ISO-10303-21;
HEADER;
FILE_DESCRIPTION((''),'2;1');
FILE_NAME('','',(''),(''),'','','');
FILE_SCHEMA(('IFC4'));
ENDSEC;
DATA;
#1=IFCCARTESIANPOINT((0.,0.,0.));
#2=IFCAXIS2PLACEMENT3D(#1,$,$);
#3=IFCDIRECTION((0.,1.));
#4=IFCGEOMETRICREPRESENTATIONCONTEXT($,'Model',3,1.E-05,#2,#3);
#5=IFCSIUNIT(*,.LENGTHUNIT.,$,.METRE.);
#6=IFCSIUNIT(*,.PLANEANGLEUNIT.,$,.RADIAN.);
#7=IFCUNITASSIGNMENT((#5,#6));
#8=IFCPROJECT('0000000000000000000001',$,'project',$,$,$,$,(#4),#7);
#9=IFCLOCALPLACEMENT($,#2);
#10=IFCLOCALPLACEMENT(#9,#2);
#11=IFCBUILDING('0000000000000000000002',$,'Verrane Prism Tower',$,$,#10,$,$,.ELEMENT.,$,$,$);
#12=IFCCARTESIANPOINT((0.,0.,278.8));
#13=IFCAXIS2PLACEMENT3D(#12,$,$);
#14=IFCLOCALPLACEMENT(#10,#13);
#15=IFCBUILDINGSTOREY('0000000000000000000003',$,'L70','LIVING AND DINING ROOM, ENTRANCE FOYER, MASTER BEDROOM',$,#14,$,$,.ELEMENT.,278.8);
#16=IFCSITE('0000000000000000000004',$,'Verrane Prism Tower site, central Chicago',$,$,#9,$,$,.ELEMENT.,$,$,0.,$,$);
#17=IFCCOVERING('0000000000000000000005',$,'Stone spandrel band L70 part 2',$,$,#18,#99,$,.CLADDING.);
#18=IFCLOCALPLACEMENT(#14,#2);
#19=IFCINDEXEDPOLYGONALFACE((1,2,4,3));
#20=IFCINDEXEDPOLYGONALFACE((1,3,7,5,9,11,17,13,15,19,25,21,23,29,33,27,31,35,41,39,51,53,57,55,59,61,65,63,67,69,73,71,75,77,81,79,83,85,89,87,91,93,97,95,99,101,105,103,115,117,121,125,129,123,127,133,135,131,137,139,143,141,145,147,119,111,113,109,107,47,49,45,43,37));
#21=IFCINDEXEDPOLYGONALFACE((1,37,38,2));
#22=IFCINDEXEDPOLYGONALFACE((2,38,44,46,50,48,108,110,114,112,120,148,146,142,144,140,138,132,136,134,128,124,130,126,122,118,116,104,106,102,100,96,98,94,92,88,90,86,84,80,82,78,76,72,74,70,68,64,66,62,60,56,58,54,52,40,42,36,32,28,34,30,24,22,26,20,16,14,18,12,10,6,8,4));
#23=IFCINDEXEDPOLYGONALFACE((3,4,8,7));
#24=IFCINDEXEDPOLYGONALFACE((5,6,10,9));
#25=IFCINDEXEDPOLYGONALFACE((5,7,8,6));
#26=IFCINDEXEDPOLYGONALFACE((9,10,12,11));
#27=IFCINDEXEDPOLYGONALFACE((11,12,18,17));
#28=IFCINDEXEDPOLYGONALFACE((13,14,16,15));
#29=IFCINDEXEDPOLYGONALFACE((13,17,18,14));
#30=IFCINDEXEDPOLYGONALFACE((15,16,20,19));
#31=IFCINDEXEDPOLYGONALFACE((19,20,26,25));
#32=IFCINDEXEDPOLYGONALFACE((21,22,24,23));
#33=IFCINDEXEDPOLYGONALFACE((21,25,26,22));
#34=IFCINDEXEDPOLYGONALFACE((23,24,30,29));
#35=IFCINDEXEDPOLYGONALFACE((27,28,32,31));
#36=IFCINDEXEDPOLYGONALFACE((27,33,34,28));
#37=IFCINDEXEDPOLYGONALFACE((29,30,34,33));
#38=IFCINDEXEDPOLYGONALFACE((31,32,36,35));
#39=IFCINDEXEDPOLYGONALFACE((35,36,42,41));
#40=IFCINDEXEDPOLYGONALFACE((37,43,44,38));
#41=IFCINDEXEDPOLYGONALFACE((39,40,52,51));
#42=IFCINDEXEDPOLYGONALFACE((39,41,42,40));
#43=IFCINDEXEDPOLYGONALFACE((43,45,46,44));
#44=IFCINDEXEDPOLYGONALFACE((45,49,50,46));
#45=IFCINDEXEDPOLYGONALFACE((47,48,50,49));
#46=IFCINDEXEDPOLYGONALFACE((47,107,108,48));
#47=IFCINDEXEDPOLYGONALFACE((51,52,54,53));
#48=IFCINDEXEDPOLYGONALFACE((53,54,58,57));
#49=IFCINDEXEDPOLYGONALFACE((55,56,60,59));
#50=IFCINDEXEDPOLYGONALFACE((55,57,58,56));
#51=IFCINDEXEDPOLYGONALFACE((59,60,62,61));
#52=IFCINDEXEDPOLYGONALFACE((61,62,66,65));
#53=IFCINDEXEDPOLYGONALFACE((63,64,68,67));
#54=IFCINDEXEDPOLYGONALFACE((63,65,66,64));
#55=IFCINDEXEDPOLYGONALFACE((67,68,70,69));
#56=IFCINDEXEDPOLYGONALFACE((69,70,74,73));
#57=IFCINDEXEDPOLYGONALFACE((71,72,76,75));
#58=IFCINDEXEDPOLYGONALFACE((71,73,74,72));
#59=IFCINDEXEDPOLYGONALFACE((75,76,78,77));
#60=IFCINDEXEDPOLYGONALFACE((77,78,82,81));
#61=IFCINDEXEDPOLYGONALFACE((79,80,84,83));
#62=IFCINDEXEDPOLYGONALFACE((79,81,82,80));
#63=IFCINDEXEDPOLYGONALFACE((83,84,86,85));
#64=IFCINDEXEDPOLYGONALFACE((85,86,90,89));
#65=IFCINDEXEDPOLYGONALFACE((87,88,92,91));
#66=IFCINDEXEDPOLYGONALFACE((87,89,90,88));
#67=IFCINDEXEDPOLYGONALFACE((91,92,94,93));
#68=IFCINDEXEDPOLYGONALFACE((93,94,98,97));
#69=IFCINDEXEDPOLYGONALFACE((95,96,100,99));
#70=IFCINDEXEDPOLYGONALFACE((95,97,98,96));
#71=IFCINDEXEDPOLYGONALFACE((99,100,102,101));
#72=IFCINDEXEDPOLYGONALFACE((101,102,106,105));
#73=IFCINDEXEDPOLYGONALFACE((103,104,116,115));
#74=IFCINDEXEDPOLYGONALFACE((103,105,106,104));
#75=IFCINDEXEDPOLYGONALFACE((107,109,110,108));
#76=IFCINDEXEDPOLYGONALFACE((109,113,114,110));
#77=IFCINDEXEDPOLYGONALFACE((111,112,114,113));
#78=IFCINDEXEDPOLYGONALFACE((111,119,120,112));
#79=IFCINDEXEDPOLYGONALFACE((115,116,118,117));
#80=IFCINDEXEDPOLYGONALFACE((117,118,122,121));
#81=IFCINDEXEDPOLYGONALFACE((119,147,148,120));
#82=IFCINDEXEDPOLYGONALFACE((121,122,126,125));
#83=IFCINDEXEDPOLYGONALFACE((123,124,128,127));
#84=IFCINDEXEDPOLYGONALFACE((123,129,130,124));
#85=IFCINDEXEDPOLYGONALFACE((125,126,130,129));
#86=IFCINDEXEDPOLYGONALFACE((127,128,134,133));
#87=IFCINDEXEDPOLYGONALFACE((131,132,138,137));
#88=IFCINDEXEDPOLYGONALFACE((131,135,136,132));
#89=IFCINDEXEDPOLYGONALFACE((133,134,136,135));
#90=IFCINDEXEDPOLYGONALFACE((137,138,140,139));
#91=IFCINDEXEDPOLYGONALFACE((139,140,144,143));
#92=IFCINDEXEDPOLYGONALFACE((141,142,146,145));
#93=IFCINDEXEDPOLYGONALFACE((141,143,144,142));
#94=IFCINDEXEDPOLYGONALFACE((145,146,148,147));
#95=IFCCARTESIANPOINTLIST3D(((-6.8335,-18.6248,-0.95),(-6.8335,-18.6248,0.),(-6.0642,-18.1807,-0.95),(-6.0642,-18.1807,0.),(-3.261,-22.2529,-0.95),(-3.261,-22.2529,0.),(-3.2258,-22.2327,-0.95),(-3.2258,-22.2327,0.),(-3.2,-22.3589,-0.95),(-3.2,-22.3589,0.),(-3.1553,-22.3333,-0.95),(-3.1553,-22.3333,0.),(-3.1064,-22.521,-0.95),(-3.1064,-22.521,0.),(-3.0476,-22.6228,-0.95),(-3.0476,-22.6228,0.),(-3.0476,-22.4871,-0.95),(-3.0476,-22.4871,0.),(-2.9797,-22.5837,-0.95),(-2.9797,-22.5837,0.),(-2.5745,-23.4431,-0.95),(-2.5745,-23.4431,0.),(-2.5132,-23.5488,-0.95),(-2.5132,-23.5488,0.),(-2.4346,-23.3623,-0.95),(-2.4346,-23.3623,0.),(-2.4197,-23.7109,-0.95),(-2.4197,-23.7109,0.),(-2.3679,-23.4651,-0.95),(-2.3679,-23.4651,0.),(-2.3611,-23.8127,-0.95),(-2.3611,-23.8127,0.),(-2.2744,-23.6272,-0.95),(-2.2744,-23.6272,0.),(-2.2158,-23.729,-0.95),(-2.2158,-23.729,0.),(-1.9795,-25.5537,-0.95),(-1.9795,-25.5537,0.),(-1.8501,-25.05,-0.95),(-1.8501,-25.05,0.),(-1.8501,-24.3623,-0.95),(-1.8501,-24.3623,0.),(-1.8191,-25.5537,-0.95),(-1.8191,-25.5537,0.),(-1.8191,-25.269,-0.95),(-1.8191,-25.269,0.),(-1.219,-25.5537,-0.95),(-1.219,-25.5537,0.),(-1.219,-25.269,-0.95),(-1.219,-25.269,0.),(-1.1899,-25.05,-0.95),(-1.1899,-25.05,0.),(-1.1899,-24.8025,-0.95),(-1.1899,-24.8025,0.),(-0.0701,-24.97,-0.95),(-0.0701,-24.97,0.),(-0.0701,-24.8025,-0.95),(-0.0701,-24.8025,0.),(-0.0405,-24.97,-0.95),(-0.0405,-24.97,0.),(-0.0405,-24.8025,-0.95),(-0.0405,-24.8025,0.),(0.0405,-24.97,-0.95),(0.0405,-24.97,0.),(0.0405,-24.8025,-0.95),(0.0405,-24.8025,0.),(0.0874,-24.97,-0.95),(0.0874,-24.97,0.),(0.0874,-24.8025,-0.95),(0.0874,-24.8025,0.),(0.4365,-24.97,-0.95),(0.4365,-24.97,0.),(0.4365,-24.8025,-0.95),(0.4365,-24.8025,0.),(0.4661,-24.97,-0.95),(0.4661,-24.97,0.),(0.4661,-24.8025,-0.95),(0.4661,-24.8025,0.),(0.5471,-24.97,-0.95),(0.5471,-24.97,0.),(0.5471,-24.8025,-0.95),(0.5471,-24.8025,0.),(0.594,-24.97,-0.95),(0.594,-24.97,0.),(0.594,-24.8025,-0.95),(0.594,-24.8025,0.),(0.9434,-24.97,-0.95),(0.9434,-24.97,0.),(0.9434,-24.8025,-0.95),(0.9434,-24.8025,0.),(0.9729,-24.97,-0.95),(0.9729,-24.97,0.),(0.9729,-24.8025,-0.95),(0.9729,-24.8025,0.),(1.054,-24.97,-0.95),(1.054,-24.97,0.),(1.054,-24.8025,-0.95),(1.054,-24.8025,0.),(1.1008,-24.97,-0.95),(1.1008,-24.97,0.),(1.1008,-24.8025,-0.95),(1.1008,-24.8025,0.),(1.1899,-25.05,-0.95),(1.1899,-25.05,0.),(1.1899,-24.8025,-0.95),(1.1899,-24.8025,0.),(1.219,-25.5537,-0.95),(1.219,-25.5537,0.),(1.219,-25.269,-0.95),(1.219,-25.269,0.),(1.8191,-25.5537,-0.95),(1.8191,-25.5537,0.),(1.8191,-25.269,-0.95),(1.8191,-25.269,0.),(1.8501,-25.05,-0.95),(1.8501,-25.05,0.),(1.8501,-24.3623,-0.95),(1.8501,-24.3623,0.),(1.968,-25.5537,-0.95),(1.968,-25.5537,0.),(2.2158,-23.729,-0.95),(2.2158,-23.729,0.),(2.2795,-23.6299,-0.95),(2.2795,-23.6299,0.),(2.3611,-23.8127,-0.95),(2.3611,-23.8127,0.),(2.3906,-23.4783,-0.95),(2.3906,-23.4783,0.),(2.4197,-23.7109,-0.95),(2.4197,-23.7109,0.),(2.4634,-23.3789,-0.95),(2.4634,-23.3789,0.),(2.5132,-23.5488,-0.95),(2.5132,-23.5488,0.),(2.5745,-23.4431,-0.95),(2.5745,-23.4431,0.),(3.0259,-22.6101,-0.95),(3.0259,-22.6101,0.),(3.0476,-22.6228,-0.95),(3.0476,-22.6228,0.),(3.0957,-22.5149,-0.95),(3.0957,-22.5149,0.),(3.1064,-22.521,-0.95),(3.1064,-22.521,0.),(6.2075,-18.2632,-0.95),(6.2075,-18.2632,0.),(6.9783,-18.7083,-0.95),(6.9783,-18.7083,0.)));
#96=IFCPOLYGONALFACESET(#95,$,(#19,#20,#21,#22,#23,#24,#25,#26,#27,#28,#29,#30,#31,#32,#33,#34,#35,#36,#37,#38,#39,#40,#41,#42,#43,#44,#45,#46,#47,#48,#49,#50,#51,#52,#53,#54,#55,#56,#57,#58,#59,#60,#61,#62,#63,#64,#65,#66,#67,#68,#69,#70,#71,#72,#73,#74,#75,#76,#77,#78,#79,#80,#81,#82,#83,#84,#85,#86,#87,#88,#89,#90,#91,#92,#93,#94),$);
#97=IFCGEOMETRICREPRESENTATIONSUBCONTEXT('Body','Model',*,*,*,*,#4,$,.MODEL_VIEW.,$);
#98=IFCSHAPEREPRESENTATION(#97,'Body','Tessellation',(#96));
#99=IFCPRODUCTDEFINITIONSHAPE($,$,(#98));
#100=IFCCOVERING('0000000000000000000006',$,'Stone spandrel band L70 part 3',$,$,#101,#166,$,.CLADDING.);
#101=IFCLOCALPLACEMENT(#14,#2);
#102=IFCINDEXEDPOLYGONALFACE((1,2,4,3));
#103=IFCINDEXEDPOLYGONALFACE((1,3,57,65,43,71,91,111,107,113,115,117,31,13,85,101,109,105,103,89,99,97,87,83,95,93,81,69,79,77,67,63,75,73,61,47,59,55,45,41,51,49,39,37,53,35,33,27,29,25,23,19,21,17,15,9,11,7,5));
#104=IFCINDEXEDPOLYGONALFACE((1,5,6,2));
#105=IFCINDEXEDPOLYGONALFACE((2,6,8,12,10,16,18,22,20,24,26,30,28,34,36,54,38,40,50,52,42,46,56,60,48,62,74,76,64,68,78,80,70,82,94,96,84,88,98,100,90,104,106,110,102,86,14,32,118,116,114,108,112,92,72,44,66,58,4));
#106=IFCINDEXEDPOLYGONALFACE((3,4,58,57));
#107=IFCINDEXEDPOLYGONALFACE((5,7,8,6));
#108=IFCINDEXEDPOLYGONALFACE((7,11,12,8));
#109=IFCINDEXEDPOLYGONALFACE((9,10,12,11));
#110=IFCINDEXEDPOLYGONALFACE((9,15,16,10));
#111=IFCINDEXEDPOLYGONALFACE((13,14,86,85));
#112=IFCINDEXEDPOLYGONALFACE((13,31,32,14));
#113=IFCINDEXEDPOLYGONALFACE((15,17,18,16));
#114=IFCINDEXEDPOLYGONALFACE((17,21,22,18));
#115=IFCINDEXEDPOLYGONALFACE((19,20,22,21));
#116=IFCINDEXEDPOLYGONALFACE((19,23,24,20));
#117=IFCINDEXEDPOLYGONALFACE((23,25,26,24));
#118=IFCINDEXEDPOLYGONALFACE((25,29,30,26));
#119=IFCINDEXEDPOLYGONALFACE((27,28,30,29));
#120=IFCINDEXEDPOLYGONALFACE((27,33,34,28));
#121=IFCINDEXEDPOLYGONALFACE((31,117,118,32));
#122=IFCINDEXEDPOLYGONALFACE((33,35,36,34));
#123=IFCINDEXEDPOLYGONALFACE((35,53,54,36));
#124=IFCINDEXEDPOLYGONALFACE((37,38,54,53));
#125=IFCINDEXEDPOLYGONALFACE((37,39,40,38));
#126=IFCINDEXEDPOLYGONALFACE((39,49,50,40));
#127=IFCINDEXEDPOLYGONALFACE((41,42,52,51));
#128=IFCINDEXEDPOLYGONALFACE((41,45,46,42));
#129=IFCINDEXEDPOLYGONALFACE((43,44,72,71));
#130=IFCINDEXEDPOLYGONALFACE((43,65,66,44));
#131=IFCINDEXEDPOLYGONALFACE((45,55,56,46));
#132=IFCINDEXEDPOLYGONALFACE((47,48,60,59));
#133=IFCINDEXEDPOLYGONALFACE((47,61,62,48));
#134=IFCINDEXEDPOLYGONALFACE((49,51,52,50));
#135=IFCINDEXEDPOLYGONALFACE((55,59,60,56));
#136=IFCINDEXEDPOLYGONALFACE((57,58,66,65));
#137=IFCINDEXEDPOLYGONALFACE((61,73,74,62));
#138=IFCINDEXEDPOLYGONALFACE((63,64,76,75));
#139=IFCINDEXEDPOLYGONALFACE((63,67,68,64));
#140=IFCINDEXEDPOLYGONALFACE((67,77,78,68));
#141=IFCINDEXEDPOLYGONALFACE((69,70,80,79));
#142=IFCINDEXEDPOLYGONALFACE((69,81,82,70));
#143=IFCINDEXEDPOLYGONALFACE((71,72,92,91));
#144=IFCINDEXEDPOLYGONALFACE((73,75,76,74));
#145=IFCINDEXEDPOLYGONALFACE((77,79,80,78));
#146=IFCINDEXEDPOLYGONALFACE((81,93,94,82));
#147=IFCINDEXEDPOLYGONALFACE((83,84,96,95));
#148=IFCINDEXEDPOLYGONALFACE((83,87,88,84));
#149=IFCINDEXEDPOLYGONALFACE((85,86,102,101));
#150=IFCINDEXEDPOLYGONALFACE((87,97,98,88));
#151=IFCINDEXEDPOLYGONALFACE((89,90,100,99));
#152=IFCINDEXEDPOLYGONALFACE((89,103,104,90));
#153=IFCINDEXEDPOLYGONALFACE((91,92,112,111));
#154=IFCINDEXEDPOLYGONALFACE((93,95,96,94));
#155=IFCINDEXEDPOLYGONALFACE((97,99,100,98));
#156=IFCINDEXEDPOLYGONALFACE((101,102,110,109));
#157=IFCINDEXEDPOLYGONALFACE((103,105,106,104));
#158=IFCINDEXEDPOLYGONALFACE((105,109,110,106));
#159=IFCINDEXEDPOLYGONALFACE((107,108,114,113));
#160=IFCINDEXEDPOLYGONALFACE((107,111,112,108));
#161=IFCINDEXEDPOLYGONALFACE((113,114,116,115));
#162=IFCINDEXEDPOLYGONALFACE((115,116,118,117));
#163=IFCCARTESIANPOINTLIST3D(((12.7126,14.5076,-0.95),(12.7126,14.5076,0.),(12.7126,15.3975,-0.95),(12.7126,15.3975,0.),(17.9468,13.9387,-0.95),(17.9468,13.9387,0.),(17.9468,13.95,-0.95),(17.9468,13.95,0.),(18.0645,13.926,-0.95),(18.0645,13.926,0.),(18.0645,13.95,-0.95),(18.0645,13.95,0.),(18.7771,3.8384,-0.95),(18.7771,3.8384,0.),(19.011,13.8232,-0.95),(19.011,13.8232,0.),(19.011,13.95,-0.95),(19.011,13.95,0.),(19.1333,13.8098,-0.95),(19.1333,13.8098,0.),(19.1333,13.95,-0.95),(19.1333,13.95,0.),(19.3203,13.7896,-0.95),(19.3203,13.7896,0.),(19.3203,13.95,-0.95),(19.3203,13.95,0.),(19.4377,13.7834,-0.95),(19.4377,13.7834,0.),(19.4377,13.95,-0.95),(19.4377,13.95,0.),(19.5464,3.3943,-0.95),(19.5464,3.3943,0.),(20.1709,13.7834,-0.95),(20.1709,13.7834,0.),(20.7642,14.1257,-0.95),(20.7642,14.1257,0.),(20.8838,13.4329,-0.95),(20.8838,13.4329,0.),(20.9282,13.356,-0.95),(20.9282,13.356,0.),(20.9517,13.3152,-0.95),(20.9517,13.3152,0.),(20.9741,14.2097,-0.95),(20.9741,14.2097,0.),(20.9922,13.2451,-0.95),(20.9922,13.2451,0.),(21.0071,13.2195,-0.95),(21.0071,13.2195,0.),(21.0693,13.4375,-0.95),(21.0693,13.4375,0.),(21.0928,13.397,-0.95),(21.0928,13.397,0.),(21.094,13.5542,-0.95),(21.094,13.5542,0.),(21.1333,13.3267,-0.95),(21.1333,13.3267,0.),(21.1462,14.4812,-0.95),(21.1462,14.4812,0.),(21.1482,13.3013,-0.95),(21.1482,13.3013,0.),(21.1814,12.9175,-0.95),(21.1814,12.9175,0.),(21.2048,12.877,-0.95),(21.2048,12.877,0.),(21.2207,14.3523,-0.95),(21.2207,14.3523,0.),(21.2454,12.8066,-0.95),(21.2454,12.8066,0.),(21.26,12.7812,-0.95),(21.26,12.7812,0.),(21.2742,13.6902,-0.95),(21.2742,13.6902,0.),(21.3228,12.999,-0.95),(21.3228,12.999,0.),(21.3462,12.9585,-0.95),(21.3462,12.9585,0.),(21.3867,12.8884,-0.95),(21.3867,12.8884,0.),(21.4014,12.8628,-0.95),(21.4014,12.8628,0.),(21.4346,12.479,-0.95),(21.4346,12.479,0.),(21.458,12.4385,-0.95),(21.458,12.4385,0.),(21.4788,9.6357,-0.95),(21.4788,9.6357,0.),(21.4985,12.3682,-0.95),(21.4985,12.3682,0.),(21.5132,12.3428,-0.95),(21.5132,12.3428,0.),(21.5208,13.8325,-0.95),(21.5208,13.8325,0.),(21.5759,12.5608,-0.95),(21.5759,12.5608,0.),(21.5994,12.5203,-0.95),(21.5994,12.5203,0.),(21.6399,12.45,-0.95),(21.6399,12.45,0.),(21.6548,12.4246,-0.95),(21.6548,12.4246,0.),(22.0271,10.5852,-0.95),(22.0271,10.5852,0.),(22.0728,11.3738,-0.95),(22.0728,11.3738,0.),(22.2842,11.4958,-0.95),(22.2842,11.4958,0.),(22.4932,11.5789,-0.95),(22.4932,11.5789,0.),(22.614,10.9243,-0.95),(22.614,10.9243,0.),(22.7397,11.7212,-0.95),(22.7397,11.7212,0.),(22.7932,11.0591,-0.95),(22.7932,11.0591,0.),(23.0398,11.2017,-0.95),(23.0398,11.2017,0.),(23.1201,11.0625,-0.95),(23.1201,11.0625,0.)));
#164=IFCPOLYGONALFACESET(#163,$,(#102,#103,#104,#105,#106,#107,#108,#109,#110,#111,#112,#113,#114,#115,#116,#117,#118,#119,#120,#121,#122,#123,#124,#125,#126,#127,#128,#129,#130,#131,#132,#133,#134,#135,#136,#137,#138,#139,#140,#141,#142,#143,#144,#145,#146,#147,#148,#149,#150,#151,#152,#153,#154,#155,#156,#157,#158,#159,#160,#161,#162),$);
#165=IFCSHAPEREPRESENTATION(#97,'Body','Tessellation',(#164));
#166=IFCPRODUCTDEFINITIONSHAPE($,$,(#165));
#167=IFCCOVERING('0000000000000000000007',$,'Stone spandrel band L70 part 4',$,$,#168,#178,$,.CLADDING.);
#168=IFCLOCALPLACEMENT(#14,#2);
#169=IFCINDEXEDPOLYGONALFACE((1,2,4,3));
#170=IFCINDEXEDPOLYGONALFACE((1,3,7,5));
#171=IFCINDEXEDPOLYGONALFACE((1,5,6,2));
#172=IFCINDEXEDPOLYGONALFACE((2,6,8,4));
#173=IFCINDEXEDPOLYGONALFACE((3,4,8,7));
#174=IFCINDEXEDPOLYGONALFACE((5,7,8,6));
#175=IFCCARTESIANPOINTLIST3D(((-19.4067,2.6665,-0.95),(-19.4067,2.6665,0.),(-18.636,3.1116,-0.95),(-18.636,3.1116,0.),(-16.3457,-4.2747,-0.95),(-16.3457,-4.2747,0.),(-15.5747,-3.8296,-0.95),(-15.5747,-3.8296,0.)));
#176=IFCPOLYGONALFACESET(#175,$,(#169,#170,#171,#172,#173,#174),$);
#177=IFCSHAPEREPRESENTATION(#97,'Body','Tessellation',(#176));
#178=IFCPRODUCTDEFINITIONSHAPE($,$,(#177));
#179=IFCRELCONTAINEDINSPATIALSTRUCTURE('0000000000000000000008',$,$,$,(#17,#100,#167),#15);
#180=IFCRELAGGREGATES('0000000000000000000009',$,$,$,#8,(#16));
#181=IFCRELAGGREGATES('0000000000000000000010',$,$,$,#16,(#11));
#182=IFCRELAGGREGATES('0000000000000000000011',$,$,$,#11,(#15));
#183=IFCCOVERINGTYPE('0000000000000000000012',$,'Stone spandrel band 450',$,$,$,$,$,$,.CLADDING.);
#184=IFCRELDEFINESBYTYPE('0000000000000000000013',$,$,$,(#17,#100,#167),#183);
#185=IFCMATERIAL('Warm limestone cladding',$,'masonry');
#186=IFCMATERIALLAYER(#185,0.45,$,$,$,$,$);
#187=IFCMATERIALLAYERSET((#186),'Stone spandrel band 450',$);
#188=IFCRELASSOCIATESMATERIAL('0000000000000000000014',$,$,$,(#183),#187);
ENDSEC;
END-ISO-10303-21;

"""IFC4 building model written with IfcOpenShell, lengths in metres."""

from ifc_helpers import new_model, si_unit, direction, frame, origin, place, context, subcontext, project, spatial, polyline, outline, extrude, material, layer, layer_set, type_object, element, save


model = new_model("IFC4")

# Units and contexts
model_context = context("Model", 3, precision=1e-05, world=origin(), true_north=direction((0.0, 1.0)))
body_context = subcontext(model_context, "Body", "Model", "MODEL_VIEW")
ifc_project = project(units=[si_unit("LENGTHUNIT", "METRE"), si_unit("PLANEANGLEUNIT", "RADIAN")], contexts=[model_context])

# Site, building, storey
site_placement = place(None, origin())
site = spatial("IfcSite", under=ifc_project, at=site_placement, Name="Verrane Prism Tower site, central Chicago", CompositionType="ELEMENT", RefElevation=0.0)
building_placement = place(site_placement, origin())
building = spatial("IfcBuilding", under=site, at=building_placement, Name="Verrane Prism Tower", CompositionType="ELEMENT")
storey_placement = place(building_placement, frame((0.0, 0.0, 278.8)))
storey = spatial("IfcBuildingStorey", under=building, at=storey_placement, Name="L70", Description="LIVING AND DINING ROOM, ENTRANCE FOYER, MASTER BEDROOM", CompositionType="ELEMENT", Elevation=278.8)

# Coverings
ifc_material_1 = material(Name="Warm limestone cladding", Category="masonry")
ifc_layer_1 = layer(ifc_material_1, 0.45)
ifc_layer_set_1 = layer_set([ifc_layer_1], Name="Stone spandrel band 450")
covering_type = type_object("IfcCoveringType", Name="Stone spandrel band 450", PredefinedType="CLADDING", material=ifc_layer_set_1)
covering_1_placement = place(storey_placement, frame((0.0, 0.0, -0.95)))
element("IfcCovering", 1, at=covering_1_placement, inside=storey, type_object=covering_type, Name="Stone spandrel band L70 part 2", PredefinedType="CLADDING", context=body_context, shape_type="SweptSolid", body=[
    extrude(outline(polyline([(1.968, -25.5537), (6.9783, -18.7083), (6.2075, -18.2632), (3.0957, -22.5149), (3.1064, -22.521), (3.0476, -22.6228), (3.0259, -22.6101), (2.4634, -23.3789), (2.5745, -23.4431), (2.5132, -23.5488), (2.3906, -23.4783), (2.2795, -23.6299), (2.4197, -23.7109), (2.3611, -23.8127), (2.2158, -23.729), (1.8501, -24.3623), (1.8501, -25.05), (1.1899, -25.05), (1.1899, -24.8025), (1.1008, -24.8025), (1.1008, -24.97), (1.054, -24.97), (1.054, -24.8025), (0.9729, -24.8025), (0.9729, -24.97), (0.9434, -24.97), (0.9434, -24.8025), (0.594, -24.8025), (0.594, -24.97), (0.5471, -24.97), (0.5471, -24.8025), (0.4661, -24.8025), (0.4661, -24.97), (0.4365, -24.97), (0.4365, -24.8025), (0.0874, -24.8025), (0.0874, -24.97), (0.0405, -24.97), (0.0405, -24.8025), (-0.0405, -24.8025), (-0.0405, -24.97), (-0.0701, -24.97), (-0.0701, -24.8025), (-1.1899, -24.8025), (-1.1899, -25.05), (-1.8501, -25.05), (-1.8501, -24.3623), (-2.2158, -23.729), (-2.3611, -23.8127), (-2.4197, -23.7109), (-2.2744, -23.6272), (-2.3679, -23.4651), (-2.5132, -23.5488), (-2.5745, -23.4431), (-2.4346, -23.3623), (-2.9797, -22.5837), (-3.0476, -22.6228), (-3.1064, -22.521), (-3.0476, -22.4871), (-3.1553, -22.3333), (-3.2, -22.3589), (-3.261, -22.2529), (-3.2258, -22.2327), (-6.0642, -18.1807), (-6.8335, -18.6248), (-1.9795, -25.5537), (-1.8191, -25.5537), (-1.8191, -25.269), (-1.219, -25.269), (-1.219, -25.5537), (1.219, -25.5537), (1.219, -25.269), (1.8191, -25.269), (1.8191, -25.5537), (1.968, -25.5537)])), origin(), (0.0, 0.0, 1.0), 0.95),
])
covering_2_placement = place(storey_placement, frame((0.0, 0.0, -0.95)))
element("IfcCovering", 2, at=covering_2_placement, inside=storey, type_object=covering_type, Name="Stone spandrel band L70 part 3", PredefinedType="CLADDING", context=body_context, shape_type="SweptSolid", body=[
    extrude(outline(polyline([(12.7126, 14.5076), (17.9468, 13.9387), (17.9468, 13.95), (18.0645, 13.95), (18.0645, 13.926), (19.011, 13.8232), (19.011, 13.95), (19.1333, 13.95), (19.1333, 13.8098), (19.3203, 13.7896), (19.3203, 13.95), (19.4377, 13.95), (19.4377, 13.7834), (20.1709, 13.7834), (20.7642, 14.1257), (21.094, 13.5542), (20.8838, 13.4329), (20.9282, 13.356), (21.0693, 13.4375), (21.0928, 13.397), (20.9517, 13.3152), (20.9922, 13.2451), (21.1333, 13.3267), (21.1482, 13.3013), (21.0071, 13.2195), (21.1814, 12.9175), (21.3228, 12.999), (21.3462, 12.9585), (21.2048, 12.877), (21.2454, 12.8066), (21.3867, 12.8884), (21.4014, 12.8628), (21.26, 12.7812), (21.4346, 12.479), (21.5759, 12.5608), (21.5994, 12.5203), (21.458, 12.4385), (21.4985, 12.3682), (21.6399, 12.45), (21.6548, 12.4246), (21.5132, 12.3428), (22.0728, 11.3738), (22.2842, 11.4958), (22.614, 10.9243), (22.0271, 10.5852), (21.4788, 9.6357), (18.7771, 3.8384), (19.5464, 3.3943), (23.1201, 11.0625), (23.0398, 11.2017), (22.7932, 11.0591), (22.4932, 11.5789), (22.7397, 11.7212), (21.5208, 13.8325), (21.2742, 13.6902), (20.9741, 14.2097), (21.2207, 14.3523), (21.1462, 14.4812), (12.7126, 15.3975), (12.7126, 14.5076)])), origin(), (0.0, 0.0, 1.0), 0.95),
])
covering_3_placement = place(storey_placement, frame((0.0, 0.0, -0.95)))
element("IfcCovering", 3, at=covering_3_placement, inside=storey, type_object=covering_type, Name="Stone spandrel band L70 part 4", PredefinedType="CLADDING", context=body_context, shape_type="SweptSolid", body=[
    extrude(outline(polyline([(-15.5747, -3.8296), (-18.636, 3.1116), (-19.4067, 2.6665), (-16.3457, -4.2747), (-15.5747, -3.8296)])), origin(), (0.0, 0.0, 1.0), 0.95),
])

save(model, "model.ifc")
